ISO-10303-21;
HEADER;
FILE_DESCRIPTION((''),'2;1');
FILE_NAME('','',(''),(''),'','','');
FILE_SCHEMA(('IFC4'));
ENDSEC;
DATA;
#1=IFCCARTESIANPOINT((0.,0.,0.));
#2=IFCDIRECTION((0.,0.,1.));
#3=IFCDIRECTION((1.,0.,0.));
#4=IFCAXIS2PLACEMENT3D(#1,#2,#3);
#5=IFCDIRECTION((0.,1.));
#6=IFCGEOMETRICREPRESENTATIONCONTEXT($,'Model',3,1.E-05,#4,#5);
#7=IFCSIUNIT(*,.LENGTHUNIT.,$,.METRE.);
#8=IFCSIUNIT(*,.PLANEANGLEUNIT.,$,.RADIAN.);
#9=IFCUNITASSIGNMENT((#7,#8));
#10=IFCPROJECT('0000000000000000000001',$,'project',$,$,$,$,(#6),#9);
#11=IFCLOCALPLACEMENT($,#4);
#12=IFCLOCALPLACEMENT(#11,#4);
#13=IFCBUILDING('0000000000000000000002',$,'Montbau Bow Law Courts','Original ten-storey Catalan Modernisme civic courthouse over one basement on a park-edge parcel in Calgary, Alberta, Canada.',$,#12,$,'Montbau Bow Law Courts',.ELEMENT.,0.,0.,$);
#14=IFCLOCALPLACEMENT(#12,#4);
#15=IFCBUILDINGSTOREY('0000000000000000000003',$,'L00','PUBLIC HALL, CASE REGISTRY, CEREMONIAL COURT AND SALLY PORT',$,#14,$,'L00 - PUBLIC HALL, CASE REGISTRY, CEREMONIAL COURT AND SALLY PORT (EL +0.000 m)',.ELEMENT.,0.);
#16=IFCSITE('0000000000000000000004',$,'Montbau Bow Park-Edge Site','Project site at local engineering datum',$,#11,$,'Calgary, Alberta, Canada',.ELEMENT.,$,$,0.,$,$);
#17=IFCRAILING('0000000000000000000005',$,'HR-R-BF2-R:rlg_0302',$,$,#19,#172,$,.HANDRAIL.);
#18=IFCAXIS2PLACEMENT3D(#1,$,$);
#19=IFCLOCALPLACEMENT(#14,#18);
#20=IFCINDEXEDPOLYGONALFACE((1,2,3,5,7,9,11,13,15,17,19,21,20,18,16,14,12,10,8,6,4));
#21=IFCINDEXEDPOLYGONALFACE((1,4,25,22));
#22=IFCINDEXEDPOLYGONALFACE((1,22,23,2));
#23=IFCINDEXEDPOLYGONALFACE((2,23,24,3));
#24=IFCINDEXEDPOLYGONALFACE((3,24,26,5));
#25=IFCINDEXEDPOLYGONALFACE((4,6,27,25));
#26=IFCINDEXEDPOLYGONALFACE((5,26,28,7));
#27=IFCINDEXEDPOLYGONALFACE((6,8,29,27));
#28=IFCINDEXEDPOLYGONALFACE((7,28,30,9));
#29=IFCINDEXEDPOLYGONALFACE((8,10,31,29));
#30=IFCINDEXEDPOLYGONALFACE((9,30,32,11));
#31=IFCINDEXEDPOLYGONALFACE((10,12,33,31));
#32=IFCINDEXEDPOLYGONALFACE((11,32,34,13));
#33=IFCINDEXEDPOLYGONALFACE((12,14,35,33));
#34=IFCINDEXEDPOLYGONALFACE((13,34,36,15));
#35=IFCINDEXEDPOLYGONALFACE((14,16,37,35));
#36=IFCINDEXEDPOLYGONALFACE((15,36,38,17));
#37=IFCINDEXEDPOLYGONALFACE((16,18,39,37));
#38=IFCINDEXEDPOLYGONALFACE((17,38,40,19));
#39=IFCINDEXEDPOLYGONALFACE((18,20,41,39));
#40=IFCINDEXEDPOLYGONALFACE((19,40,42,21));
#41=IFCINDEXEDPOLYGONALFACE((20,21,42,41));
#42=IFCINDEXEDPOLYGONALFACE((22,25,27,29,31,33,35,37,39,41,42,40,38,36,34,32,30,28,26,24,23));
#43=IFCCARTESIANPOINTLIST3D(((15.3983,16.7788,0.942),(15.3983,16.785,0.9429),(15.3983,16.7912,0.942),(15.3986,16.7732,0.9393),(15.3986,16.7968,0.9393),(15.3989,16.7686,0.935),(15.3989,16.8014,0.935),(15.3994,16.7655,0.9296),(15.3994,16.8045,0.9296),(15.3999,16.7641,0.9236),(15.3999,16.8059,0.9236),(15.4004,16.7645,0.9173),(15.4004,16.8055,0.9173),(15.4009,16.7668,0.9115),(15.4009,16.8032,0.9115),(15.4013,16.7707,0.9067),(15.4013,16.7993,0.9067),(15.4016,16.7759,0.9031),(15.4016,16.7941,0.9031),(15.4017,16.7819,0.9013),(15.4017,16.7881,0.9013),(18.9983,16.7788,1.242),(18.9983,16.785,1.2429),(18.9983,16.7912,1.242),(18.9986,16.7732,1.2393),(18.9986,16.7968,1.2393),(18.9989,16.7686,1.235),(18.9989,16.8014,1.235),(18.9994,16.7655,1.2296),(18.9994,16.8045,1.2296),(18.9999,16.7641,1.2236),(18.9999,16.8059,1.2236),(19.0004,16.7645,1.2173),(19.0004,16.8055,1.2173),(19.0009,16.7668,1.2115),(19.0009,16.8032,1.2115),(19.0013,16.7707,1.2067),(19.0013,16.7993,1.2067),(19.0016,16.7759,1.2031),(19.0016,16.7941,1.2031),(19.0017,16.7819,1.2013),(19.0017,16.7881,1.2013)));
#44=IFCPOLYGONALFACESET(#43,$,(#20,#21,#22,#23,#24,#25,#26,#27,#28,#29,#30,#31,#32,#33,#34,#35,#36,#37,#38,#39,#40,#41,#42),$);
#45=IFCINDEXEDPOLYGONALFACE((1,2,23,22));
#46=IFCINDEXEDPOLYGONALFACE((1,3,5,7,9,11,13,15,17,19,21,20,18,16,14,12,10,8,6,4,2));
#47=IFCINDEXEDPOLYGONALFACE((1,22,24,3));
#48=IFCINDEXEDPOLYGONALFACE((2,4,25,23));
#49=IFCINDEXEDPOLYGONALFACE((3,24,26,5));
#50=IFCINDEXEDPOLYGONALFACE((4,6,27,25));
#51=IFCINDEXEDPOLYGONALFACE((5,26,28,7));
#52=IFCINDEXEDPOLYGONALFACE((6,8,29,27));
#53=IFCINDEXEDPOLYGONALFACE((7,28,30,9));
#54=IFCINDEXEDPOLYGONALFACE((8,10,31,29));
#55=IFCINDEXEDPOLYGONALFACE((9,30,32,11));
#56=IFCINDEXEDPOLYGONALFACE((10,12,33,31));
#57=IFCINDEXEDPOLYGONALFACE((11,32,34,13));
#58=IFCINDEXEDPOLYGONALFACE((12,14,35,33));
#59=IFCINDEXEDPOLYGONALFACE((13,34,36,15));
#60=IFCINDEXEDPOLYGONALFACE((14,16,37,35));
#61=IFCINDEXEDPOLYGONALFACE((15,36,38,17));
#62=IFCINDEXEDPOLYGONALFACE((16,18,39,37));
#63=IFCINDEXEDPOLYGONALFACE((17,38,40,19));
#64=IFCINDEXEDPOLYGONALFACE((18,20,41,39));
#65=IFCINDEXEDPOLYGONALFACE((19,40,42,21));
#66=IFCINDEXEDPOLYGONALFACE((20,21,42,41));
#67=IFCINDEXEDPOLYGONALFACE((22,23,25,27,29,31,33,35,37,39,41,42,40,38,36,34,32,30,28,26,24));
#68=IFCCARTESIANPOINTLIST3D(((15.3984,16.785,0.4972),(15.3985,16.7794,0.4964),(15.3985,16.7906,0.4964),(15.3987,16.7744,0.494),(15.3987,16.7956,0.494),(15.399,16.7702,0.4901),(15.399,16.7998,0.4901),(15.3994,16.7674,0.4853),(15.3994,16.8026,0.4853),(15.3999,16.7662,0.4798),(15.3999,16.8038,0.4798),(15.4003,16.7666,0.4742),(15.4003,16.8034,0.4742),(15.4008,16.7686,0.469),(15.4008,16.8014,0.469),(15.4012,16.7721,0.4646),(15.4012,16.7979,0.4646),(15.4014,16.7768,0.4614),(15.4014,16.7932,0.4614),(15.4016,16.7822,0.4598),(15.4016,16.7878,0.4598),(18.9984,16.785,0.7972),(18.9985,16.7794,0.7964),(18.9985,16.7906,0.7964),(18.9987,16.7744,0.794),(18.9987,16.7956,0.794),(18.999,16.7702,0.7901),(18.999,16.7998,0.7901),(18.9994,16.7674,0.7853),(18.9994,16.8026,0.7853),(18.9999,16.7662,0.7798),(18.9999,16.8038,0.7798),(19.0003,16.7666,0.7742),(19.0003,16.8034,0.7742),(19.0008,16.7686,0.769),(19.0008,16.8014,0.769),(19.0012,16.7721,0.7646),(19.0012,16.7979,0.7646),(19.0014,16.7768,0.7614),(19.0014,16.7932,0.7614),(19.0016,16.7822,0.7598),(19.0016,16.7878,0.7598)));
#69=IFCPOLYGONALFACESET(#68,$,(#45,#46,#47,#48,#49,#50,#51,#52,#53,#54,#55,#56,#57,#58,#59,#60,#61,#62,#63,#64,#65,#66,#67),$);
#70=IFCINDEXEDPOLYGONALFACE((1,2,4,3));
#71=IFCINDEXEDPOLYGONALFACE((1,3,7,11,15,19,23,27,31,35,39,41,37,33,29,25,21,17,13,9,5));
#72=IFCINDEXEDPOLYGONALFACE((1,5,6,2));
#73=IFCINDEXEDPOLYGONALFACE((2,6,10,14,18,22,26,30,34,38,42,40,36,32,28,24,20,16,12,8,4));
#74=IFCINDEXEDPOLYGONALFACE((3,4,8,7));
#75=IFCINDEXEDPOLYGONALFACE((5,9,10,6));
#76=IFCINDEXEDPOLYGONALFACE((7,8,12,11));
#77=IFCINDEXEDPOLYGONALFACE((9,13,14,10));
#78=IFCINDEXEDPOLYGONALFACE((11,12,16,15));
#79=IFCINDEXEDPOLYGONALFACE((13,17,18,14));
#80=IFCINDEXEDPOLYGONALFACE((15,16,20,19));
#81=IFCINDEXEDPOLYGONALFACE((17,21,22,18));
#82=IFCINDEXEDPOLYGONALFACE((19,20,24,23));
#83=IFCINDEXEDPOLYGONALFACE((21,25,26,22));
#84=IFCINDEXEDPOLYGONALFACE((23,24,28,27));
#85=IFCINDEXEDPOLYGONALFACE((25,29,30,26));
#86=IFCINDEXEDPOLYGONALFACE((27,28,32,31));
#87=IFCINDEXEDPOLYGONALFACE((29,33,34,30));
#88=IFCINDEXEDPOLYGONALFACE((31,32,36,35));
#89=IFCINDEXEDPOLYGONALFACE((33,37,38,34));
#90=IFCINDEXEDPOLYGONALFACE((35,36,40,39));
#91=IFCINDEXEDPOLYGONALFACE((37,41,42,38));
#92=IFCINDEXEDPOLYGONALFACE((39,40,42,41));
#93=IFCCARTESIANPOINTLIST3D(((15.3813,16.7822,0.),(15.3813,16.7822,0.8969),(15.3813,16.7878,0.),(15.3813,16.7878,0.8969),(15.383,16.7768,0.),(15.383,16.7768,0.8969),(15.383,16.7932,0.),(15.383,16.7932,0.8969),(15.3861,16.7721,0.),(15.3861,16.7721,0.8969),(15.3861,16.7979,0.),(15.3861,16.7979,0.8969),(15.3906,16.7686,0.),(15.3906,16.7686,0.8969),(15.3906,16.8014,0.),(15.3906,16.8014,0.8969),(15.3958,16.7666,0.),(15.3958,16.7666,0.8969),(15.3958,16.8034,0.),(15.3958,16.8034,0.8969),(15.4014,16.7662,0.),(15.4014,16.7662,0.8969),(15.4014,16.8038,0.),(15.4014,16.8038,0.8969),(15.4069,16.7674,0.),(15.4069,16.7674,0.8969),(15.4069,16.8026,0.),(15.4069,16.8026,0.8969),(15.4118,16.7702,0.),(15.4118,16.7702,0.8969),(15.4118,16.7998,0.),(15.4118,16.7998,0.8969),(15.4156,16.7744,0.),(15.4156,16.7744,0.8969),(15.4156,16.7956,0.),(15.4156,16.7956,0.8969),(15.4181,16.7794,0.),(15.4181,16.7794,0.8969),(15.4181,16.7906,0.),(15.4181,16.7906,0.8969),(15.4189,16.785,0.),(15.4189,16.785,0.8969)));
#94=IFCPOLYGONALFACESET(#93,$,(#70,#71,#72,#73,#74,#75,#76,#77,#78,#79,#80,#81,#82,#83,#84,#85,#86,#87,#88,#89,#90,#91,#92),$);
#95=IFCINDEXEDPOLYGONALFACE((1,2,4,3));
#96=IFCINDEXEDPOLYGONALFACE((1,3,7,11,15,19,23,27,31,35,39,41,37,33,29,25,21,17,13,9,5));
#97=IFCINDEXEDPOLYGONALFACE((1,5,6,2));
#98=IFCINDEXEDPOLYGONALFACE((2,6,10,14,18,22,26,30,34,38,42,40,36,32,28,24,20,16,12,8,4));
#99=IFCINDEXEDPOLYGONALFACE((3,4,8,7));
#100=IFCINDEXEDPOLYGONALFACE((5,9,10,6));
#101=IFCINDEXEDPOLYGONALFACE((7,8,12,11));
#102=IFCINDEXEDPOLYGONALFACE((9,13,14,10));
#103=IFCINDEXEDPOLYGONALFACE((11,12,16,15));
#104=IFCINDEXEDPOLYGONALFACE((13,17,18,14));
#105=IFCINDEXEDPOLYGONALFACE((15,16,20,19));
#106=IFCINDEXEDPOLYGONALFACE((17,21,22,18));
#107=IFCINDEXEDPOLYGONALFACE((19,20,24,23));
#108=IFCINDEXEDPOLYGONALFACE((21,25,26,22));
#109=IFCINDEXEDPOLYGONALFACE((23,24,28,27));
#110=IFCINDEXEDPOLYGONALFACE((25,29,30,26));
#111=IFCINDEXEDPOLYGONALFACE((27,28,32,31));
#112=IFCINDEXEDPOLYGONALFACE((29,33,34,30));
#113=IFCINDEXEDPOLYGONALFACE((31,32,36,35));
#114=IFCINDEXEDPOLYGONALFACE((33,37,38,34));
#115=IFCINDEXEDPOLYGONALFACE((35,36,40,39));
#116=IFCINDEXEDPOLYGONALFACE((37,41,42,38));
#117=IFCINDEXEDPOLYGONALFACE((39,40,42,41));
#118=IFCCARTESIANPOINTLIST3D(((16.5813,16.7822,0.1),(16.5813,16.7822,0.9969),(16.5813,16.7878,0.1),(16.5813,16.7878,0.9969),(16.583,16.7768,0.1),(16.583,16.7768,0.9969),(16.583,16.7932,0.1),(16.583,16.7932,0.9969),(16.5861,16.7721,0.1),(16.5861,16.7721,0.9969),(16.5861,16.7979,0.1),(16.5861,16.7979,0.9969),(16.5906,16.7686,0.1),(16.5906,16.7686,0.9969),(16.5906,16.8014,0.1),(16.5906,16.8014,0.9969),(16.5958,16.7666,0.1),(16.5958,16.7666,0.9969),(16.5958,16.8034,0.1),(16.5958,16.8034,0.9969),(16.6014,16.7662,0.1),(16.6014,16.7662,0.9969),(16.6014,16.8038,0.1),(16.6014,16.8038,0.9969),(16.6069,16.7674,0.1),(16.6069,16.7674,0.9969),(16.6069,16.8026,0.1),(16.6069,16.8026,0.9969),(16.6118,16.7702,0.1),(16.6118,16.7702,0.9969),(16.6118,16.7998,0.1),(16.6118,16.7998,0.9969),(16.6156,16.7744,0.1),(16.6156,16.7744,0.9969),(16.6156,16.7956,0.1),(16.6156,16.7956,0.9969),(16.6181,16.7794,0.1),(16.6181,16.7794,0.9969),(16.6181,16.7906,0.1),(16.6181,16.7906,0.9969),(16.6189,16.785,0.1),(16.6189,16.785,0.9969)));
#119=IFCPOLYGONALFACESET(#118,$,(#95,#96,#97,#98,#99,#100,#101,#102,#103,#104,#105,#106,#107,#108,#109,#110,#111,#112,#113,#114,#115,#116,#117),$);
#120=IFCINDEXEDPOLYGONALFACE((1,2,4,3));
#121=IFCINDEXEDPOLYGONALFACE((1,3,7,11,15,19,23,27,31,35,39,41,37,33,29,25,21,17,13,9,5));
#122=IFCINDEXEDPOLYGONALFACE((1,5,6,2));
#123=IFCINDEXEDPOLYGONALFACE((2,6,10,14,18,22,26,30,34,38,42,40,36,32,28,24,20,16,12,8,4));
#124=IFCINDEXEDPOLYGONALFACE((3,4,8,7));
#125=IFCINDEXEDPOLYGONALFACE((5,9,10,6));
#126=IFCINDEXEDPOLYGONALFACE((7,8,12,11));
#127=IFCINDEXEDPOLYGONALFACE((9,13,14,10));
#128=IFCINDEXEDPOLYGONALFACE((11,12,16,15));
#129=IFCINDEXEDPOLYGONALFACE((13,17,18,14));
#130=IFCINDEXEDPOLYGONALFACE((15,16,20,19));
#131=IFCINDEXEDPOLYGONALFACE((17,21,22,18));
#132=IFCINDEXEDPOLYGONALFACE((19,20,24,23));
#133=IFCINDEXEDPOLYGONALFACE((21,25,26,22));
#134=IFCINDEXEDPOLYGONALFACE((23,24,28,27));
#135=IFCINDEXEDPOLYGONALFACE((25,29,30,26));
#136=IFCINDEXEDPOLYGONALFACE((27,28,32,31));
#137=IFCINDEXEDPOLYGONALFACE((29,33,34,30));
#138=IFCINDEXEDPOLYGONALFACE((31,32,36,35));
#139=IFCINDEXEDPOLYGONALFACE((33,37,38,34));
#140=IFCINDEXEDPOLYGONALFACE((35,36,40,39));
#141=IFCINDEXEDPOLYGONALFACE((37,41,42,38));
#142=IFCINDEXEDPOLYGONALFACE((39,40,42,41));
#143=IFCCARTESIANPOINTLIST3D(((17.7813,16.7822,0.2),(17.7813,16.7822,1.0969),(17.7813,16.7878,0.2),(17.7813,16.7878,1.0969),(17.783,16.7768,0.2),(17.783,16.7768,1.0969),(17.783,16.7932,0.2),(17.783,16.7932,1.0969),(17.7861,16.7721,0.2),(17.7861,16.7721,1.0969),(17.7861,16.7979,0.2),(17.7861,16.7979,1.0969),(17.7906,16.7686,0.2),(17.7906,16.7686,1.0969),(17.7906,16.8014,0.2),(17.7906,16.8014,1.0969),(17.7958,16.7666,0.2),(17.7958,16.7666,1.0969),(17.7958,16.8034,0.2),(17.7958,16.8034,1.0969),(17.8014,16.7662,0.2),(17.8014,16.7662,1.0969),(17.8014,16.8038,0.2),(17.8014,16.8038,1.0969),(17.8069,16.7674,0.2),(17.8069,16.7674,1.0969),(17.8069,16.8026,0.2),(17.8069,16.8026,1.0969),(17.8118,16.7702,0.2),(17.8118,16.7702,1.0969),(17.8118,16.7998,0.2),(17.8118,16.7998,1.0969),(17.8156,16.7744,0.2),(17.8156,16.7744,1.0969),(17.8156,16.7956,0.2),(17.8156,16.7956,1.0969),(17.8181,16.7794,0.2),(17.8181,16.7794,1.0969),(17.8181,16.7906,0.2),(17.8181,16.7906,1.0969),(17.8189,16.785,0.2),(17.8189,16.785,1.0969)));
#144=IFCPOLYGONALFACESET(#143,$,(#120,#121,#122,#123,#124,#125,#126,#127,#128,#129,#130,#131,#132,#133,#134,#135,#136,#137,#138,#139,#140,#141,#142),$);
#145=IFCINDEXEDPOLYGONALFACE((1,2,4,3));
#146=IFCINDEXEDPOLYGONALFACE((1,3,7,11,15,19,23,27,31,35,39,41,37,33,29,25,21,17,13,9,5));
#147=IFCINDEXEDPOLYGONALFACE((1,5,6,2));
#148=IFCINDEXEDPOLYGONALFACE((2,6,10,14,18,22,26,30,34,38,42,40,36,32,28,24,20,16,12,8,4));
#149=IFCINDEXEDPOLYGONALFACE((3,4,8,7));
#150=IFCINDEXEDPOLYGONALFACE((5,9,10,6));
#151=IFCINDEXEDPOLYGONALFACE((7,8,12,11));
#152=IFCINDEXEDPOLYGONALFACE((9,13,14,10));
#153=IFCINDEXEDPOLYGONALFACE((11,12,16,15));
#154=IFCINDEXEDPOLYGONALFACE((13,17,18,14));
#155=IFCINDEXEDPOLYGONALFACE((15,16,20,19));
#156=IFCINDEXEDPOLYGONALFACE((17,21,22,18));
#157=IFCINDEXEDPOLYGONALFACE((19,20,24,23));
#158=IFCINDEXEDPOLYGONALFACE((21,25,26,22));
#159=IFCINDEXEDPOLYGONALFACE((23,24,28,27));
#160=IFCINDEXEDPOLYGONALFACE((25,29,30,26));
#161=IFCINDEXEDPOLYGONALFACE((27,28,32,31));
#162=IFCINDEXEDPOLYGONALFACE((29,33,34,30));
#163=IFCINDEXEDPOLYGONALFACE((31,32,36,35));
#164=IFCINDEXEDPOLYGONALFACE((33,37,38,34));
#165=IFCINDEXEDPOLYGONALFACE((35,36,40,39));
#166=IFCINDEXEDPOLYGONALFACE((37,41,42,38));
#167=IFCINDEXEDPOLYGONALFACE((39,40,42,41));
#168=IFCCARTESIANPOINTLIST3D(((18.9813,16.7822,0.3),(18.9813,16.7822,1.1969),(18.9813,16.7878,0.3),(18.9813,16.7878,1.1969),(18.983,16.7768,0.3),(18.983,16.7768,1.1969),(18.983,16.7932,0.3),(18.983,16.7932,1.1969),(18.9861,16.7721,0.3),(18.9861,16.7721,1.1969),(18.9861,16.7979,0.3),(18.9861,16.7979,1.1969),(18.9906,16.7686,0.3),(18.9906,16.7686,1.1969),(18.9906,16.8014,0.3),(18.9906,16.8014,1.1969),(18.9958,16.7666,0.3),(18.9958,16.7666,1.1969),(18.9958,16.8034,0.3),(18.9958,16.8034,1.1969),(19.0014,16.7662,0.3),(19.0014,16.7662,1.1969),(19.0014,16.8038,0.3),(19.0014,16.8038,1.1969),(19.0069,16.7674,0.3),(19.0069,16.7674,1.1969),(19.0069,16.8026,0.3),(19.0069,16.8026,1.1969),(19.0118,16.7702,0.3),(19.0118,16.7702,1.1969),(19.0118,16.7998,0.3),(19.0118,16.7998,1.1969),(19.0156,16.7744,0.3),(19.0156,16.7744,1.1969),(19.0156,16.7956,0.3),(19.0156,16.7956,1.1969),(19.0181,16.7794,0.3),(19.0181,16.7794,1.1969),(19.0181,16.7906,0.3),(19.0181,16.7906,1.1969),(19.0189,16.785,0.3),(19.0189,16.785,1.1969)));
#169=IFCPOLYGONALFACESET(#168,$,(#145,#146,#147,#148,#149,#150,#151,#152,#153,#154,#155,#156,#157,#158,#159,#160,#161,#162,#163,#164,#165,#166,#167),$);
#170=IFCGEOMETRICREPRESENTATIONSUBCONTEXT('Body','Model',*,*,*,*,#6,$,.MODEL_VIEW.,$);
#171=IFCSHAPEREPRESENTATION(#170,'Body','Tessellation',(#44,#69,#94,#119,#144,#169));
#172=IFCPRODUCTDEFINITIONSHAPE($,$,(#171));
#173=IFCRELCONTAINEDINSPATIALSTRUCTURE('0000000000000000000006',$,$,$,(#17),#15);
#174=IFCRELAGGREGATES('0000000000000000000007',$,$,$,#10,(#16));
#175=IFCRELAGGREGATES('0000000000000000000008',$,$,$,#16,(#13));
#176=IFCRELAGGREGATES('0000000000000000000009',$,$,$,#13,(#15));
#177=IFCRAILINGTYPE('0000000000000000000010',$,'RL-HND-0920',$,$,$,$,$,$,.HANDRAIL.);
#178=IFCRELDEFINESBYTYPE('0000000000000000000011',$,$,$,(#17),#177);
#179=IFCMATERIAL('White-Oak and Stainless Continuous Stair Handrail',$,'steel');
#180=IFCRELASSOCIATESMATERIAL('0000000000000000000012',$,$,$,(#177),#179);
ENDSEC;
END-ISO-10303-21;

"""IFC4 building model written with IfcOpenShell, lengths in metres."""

from ifc_helpers import new_model, si_unit, direction, frame, origin_with_axes, origin_2d_with_axis, place, context, subcontext, project, spatial, circle, extrude, material, type_object, element, save


model = new_model("IFC4")

# Units and contexts
model_context = context("Model", 3, precision=1e-05, world=origin_with_axes(), true_north=direction((0.0, 1.0)))
body_context = subcontext(model_context, "Body", "Model", "MODEL_VIEW")
ifc_project = project(units=[si_unit("LENGTHUNIT", "METRE"), si_unit("PLANEANGLEUNIT", "RADIAN")], contexts=[model_context])

# Site, building, storey
site_placement = place(None, origin_with_axes())
site = spatial("IfcSite", under=ifc_project, at=site_placement, Name="Montbau Bow Park-Edge Site", Description="Project site at local engineering datum", LongName="Calgary, Alberta, Canada", CompositionType="ELEMENT", RefElevation=0.0)
building_placement = place(site_placement, origin_with_axes())
building = spatial("IfcBuilding", under=site, at=building_placement, Name="Montbau Bow Law Courts", Description="Original ten-storey Catalan Modernisme civic courthouse over one basement on a park-edge parcel in Calgary, Alberta, Canada.", LongName="Montbau Bow Law Courts", CompositionType="ELEMENT", ElevationOfRefHeight=0.0, ElevationOfTerrain=0.0)
storey_placement = place(building_placement, origin_with_axes())
storey = spatial("IfcBuildingStorey", under=building, at=storey_placement, Name="L00", Description="PUBLIC HALL, CASE REGISTRY, CEREMONIAL COURT AND SALLY PORT", LongName="L00 - PUBLIC HALL, CASE REGISTRY, CEREMONIAL COURT AND SALLY PORT (EL +0.000 m)", CompositionType="ELEMENT", Elevation=0.0)

# Railing
ifc_material_1 = material(Name="White-Oak and Stainless Continuous Stair Handrail", Category="steel")
railing_type = type_object("IfcRailingType", Name="RL-HND-0920", PredefinedType="HANDRAIL", material=ifc_material_1)
railing_1_placement = place(None, origin_with_axes())
element("IfcRailing", 1, at=railing_1_placement, inside=storey, type_object=railing_type, Name="HR-R-BF2-R:rlg_0302", PredefinedType="HANDRAIL", context=body_context, shape_type="SweptSolid", body=[
    extrude(circle(Radius=0.021, at=origin_2d_with_axis()), frame((15.4, 16.785, 0.922), z_axis=(0.996546, 0.0, 0.083045), x_axis=(-0.083045, 0.0, 0.996546)), (0.0, 0.0, 1.0), 3.6125),
    extrude(circle(Radius=0.0189, at=origin_2d_with_axis()), frame((15.4, 16.785, 0.4784), z_axis=(0.996546, 0.0, 0.083045), x_axis=(-0.083045, 0.0, 0.996546)), (0.0, 0.0, 1.0), 3.6125),
    extrude(circle(Radius=0.0189, at=origin_2d_with_axis()), frame((15.4, 16.785, 0.0), z_axis=(0.0, 0.0, 1.0), x_axis=(1.0, 0.0, 0.0)), (0.0, 0.0, 1.0), 0.8969),
    extrude(circle(Radius=0.0189, at=origin_2d_with_axis()), frame((16.6, 16.785, 0.1), z_axis=(0.0, 0.0, 1.0), x_axis=(1.0, 0.0, 0.0)), (0.0, 0.0, 1.0), 0.8969),
    extrude(circle(Radius=0.0189, at=origin_2d_with_axis()), frame((17.8, 16.785, 0.2), z_axis=(0.0, 0.0, 1.0), x_axis=(1.0, 0.0, 0.0)), (0.0, 0.0, 1.0), 0.8969),
    extrude(circle(Radius=0.0189, at=origin_2d_with_axis()), frame((19.0, 16.785, 0.3), z_axis=(0.0, 0.0, 1.0), x_axis=(1.0, 0.0, 0.0)), (0.0, 0.0, 1.0), 0.8969),
])

save(model, "model.ifc")
